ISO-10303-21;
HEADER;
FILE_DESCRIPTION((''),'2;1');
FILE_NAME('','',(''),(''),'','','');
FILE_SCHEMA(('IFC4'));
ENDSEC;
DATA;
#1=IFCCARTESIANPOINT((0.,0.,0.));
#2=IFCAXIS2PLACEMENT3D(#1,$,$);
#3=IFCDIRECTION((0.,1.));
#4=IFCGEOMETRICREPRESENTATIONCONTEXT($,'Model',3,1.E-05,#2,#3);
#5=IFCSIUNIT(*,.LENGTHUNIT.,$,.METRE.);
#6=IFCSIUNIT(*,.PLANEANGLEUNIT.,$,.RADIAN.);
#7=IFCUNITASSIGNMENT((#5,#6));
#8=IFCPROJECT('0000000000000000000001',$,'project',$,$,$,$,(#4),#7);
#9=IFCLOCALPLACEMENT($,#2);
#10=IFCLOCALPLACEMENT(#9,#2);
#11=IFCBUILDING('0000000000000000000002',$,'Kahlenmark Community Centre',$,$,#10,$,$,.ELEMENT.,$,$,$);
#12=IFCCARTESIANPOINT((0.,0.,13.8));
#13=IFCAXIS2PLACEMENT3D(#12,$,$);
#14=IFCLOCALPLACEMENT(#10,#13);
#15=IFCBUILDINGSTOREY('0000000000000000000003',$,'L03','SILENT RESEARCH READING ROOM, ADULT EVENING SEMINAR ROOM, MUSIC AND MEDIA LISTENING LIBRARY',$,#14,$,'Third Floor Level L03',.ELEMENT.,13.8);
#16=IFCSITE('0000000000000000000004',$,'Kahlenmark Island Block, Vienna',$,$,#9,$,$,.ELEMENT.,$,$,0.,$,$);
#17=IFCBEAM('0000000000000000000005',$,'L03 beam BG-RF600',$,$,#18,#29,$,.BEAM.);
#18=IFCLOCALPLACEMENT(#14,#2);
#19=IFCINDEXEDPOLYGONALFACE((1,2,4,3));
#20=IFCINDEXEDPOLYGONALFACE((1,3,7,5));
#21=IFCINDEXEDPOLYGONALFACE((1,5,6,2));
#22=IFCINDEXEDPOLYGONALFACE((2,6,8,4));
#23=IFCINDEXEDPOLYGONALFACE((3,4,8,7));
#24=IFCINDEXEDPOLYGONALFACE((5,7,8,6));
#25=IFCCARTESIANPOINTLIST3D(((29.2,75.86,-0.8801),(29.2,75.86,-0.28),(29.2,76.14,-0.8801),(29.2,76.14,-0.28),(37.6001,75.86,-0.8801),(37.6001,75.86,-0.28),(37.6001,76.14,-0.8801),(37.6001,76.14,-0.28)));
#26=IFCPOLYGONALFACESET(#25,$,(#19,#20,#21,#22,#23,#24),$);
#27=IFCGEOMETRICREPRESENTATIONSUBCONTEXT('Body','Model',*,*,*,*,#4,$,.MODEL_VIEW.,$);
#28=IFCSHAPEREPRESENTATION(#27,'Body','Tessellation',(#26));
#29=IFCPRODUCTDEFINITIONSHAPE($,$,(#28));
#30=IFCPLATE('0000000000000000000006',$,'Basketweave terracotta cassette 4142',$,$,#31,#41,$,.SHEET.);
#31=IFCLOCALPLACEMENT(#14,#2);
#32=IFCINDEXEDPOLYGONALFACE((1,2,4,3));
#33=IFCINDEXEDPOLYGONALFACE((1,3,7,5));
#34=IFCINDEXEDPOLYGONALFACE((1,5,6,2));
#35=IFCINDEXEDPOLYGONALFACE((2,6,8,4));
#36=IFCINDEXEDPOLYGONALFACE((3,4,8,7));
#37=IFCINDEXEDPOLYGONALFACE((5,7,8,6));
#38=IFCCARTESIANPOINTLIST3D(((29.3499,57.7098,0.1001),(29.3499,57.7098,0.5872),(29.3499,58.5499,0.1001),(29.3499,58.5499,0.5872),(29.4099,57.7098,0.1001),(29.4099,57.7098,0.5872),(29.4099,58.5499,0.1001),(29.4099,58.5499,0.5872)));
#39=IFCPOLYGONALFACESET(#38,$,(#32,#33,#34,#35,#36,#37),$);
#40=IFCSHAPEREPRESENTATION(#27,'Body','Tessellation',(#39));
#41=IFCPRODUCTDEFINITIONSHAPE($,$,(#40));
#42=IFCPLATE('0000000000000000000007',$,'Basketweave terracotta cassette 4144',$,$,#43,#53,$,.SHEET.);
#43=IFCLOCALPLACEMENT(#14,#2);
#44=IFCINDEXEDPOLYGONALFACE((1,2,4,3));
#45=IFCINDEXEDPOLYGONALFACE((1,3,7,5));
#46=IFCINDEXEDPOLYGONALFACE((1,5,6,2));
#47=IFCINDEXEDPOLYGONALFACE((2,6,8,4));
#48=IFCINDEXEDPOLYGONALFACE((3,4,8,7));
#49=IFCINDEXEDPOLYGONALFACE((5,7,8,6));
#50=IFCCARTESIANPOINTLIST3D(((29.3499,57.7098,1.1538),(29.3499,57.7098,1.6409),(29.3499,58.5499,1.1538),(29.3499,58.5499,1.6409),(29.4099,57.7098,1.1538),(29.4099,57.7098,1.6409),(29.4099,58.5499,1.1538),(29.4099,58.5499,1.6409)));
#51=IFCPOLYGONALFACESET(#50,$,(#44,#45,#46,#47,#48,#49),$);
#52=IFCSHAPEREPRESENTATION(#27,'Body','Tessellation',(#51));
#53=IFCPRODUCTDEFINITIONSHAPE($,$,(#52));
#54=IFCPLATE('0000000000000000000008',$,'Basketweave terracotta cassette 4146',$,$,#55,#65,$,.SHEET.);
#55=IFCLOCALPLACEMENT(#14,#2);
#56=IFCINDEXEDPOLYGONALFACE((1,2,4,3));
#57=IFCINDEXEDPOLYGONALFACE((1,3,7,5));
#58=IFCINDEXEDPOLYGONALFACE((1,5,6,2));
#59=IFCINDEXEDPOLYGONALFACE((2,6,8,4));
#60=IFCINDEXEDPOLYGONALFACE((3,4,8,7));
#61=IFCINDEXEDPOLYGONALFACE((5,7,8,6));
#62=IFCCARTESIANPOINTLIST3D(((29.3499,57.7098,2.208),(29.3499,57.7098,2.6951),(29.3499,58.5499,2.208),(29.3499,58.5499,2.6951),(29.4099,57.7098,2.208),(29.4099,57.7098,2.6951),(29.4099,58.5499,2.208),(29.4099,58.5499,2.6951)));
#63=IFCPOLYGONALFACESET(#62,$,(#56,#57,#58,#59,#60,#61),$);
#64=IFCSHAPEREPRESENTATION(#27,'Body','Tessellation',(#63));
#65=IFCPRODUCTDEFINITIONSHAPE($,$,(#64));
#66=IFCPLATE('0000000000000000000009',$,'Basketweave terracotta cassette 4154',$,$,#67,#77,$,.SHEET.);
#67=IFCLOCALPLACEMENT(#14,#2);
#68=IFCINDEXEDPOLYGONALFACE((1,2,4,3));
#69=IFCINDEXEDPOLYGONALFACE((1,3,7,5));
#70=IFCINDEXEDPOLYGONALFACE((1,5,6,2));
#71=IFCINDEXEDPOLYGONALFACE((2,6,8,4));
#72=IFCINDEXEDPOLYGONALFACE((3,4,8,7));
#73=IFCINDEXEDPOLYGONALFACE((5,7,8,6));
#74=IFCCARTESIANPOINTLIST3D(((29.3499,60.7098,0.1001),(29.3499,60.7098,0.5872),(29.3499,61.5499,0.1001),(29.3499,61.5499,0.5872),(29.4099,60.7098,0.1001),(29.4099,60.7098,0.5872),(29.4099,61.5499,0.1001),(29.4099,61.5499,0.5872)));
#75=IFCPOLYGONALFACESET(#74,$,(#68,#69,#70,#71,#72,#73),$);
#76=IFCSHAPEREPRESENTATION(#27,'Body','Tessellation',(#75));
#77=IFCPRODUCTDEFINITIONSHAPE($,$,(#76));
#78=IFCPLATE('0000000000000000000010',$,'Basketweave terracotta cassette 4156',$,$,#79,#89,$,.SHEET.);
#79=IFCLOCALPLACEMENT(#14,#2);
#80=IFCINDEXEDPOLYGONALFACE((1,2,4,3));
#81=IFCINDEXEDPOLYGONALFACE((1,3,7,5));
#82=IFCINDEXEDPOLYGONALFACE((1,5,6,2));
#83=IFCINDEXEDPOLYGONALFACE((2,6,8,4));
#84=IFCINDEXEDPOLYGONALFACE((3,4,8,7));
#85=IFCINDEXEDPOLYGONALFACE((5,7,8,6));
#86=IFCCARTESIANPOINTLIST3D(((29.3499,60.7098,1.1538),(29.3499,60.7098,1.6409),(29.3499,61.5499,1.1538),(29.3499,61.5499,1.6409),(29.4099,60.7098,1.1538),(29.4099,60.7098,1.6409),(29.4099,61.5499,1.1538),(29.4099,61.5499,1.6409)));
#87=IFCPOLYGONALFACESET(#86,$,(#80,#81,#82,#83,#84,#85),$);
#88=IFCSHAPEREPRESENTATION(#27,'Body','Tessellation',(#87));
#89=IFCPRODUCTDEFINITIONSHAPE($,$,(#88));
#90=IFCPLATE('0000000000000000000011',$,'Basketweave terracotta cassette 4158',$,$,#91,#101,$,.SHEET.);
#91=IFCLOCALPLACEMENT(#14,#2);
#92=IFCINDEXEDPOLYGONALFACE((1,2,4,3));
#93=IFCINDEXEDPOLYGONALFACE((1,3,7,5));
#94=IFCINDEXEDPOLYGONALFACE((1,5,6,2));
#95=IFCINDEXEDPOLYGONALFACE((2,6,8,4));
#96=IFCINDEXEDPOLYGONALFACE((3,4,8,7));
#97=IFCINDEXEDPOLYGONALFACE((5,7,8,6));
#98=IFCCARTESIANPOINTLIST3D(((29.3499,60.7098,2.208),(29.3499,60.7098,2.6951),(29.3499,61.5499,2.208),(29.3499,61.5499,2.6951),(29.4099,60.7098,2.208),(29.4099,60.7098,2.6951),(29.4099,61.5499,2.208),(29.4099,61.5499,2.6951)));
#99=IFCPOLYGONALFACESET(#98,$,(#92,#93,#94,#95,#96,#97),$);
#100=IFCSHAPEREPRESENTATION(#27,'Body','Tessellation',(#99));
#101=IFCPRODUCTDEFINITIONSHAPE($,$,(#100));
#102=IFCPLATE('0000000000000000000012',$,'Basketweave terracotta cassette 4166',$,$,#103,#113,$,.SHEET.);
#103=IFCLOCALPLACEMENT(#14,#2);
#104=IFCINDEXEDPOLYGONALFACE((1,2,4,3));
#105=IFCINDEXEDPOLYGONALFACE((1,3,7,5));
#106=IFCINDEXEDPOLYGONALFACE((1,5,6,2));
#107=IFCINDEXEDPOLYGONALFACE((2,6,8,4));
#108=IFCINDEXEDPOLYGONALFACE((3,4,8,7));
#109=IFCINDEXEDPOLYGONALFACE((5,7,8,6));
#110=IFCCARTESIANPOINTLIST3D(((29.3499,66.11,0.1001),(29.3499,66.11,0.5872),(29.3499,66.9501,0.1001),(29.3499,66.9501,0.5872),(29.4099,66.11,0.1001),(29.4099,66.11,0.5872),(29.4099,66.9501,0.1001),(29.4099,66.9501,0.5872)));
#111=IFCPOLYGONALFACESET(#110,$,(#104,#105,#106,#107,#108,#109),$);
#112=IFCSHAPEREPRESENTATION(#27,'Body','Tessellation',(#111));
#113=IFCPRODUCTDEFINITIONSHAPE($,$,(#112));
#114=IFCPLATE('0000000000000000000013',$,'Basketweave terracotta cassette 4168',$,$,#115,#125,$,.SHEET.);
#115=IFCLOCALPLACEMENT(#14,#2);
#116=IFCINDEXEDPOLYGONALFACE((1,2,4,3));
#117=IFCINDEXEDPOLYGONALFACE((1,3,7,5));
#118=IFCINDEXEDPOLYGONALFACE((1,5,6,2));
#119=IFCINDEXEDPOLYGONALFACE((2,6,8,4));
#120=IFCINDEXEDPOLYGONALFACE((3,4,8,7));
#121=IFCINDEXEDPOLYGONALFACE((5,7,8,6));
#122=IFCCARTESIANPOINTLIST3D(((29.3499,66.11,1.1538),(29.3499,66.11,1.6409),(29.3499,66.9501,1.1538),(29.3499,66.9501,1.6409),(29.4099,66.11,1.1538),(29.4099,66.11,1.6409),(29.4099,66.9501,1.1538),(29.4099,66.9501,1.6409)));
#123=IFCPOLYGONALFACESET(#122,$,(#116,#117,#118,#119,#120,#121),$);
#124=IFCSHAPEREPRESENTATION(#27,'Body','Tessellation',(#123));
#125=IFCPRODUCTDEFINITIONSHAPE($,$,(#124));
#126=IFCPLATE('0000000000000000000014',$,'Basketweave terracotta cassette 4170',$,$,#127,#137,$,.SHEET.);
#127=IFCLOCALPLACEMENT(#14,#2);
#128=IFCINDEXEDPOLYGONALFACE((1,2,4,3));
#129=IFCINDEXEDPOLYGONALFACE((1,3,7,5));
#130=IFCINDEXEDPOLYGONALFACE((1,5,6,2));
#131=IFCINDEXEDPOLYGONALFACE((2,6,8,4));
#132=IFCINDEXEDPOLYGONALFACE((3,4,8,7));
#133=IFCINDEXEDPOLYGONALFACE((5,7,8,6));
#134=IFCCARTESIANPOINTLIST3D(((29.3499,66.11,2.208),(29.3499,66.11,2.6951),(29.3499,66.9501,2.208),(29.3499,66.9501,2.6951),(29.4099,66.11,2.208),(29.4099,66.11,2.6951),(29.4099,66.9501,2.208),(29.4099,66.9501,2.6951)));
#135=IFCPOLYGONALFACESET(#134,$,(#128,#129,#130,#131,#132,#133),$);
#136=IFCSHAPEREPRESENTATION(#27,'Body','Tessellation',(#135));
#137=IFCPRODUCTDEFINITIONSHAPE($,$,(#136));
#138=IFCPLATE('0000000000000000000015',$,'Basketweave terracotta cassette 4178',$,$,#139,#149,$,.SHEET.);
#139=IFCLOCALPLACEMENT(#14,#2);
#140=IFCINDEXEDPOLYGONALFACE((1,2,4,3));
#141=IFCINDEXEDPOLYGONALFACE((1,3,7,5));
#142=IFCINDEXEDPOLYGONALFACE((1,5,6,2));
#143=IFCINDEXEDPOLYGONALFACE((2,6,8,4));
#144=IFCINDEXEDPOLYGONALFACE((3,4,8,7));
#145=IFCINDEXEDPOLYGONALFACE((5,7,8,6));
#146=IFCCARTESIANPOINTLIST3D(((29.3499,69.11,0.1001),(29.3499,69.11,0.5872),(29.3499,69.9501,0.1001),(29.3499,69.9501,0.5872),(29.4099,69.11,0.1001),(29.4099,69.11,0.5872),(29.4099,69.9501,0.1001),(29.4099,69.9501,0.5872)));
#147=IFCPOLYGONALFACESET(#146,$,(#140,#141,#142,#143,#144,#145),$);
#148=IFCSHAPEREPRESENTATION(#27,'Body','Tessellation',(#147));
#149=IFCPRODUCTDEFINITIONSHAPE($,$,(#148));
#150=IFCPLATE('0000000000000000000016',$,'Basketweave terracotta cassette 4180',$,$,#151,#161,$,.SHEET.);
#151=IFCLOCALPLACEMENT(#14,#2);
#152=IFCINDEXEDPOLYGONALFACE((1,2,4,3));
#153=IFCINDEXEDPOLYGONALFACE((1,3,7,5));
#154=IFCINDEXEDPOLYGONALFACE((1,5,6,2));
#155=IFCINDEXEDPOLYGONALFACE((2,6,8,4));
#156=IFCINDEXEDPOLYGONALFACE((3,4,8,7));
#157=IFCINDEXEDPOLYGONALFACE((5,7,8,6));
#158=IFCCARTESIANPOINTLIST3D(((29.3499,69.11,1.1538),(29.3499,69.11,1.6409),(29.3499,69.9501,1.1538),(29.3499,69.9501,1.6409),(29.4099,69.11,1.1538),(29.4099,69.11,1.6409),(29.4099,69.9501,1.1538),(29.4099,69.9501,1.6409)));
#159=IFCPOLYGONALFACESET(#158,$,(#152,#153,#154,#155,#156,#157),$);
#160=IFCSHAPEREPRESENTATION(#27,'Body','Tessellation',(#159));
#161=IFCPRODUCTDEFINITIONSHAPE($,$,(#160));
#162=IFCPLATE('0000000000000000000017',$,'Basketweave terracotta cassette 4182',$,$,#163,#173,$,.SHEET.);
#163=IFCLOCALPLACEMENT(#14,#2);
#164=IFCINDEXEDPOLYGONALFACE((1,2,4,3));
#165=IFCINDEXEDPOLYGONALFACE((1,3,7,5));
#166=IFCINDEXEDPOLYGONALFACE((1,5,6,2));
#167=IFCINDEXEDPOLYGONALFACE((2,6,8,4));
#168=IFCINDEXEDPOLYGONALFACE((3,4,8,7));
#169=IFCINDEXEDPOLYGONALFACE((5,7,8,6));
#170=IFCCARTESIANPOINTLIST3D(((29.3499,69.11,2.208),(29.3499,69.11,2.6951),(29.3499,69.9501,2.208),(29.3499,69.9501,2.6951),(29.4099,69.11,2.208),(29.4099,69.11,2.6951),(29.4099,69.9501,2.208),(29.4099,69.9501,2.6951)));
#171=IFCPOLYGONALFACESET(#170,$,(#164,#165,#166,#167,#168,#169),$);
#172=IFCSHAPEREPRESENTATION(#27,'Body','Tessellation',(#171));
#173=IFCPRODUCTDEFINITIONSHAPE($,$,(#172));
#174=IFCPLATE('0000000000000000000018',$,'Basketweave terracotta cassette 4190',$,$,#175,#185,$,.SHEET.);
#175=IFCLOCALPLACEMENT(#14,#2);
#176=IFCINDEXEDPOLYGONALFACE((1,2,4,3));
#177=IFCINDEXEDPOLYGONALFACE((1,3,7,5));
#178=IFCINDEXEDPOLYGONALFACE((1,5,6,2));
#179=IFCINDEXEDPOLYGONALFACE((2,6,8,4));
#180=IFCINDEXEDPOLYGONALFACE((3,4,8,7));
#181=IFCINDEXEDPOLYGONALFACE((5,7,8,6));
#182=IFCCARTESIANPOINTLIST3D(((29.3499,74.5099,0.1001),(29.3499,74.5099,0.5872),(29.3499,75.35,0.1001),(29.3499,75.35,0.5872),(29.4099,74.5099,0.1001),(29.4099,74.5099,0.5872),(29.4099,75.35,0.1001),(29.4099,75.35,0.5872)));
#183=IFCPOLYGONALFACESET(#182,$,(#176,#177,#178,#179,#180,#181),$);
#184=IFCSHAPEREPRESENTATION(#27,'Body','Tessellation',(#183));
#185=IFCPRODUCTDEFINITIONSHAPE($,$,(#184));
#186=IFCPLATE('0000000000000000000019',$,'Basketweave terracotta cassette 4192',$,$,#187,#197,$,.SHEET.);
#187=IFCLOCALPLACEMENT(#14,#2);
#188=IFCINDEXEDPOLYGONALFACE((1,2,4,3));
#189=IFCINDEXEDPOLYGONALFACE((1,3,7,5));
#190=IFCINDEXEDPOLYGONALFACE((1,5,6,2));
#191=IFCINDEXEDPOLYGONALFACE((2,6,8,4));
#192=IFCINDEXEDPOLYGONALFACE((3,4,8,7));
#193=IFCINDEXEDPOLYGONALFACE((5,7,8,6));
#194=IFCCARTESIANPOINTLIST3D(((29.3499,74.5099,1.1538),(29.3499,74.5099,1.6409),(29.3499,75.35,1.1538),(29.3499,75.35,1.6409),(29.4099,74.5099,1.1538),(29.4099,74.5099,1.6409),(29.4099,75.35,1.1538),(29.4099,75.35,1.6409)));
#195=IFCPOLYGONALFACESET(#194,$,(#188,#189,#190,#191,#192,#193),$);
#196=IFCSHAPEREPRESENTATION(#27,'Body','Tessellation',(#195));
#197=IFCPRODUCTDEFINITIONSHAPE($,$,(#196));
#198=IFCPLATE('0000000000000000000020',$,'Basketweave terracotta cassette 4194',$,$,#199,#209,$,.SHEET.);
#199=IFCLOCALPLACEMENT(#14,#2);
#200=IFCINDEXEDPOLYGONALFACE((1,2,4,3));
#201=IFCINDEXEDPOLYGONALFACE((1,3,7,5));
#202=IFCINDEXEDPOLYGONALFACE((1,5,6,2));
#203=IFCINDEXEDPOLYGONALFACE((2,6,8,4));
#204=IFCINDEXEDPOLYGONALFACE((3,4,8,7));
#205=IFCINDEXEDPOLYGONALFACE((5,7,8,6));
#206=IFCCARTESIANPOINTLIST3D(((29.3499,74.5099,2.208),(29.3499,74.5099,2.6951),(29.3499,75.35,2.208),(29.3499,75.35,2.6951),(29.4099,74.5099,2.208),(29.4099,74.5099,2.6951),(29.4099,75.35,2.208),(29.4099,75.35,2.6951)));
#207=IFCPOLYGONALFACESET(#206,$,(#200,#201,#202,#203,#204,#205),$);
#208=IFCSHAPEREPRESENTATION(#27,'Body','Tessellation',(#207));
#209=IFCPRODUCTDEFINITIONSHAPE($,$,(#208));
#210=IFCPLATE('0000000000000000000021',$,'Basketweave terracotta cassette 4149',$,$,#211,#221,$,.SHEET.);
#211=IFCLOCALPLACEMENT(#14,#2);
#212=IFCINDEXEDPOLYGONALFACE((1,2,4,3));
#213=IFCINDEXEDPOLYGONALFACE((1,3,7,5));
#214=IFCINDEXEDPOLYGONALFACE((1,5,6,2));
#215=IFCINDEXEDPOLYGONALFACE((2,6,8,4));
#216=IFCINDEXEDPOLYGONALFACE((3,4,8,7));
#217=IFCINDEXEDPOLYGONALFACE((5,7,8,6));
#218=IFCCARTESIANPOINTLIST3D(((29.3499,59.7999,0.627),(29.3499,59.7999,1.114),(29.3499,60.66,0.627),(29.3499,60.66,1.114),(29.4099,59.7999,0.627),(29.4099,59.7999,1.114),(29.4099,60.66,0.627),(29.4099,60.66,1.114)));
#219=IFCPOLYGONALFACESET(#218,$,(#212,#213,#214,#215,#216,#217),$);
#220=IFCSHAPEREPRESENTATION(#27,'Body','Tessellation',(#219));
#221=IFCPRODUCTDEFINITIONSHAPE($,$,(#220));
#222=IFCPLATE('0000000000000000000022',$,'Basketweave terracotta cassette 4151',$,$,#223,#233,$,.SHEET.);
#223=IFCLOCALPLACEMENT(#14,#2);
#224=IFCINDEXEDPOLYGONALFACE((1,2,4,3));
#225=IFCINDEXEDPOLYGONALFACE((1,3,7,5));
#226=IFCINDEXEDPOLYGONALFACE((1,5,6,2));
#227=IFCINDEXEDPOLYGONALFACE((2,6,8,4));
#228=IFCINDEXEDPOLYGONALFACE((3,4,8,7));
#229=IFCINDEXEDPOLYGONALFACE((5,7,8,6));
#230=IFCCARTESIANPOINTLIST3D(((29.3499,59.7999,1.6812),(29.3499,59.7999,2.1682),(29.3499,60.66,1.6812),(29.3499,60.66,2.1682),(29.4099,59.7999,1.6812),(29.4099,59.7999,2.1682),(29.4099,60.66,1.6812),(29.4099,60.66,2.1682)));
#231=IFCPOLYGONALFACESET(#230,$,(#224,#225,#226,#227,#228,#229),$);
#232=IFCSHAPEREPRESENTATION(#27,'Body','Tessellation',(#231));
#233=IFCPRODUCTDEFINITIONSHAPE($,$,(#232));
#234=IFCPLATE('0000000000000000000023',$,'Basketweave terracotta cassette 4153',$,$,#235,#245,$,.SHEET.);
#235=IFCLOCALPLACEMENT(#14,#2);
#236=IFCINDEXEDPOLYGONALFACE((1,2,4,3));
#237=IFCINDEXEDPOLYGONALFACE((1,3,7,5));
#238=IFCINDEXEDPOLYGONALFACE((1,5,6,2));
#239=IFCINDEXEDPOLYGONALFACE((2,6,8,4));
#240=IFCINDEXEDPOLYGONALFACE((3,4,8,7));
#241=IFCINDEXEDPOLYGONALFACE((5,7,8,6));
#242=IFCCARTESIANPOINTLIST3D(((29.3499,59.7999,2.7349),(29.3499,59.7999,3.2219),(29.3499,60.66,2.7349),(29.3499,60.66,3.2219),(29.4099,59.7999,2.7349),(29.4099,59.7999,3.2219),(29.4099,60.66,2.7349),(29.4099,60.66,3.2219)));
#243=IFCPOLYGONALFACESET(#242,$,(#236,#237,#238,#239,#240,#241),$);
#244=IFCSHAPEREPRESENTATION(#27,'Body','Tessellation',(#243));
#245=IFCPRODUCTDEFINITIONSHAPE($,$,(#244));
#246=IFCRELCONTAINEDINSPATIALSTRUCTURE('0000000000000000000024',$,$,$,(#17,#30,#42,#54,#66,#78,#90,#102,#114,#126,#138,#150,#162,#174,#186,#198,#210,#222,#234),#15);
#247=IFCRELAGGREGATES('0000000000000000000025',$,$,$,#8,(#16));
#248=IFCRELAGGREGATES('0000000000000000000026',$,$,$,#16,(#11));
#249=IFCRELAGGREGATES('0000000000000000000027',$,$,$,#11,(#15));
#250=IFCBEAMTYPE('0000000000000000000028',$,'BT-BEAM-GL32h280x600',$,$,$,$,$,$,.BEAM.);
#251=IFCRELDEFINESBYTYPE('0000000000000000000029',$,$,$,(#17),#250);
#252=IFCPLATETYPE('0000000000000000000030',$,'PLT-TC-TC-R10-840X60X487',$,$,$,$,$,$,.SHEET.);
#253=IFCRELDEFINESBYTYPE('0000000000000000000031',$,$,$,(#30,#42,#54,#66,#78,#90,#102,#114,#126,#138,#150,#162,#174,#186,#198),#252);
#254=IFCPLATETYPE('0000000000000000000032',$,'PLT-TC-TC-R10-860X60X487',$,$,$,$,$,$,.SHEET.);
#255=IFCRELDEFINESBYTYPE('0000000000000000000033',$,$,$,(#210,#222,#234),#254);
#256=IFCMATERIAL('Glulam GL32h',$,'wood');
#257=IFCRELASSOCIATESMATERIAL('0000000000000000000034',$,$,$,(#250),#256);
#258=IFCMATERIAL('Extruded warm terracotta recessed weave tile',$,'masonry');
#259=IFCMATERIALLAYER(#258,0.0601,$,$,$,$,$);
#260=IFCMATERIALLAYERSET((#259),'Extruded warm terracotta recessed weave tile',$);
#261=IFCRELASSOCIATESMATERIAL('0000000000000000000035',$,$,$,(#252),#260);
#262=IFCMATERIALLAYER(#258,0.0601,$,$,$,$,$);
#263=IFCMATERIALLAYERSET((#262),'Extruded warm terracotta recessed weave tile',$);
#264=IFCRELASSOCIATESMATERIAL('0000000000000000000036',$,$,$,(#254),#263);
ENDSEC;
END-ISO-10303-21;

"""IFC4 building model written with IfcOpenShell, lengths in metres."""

from ifc_helpers import new_model, si_unit, direction, frame, origin, origin_2d, place, context, subcontext, project, spatial, rectangle, extrude, material, layer, layer_set, material_profile, profile_set, type_object, element, save


model = new_model("IFC4")

# Units and contexts
model_context = context("Model", 3, precision=1e-05, world=origin(), true_north=direction((0.0, 1.0)))
body_context = subcontext(model_context, "Body", "Model", "MODEL_VIEW")
ifc_project = project(units=[si_unit("LENGTHUNIT", "METRE"), si_unit("PLANEANGLEUNIT", "RADIAN")], contexts=[model_context])

# Site, building, storey
site_placement = place(None, origin())
site = spatial("IfcSite", under=ifc_project, at=site_placement, Name="Kahlenmark Island Block, Vienna", CompositionType="ELEMENT", RefElevation=0.0)
building_placement = place(site_placement, origin())
building = spatial("IfcBuilding", under=site, at=building_placement, Name="Kahlenmark Community Centre", CompositionType="ELEMENT")
storey_placement = place(building_placement, frame((0.0, 0.0, 13.8)))
storey = spatial("IfcBuildingStorey", under=building, at=storey_placement, Name="L03", Description="SILENT RESEARCH READING ROOM, ADULT EVENING SEMINAR ROOM, MUSIC AND MEDIA LISTENING LIBRARY", LongName="Third Floor Level L03", CompositionType="ELEMENT", Elevation=13.8)

# Beam
ifc_material_1 = material(Name="Glulam GL32h", Category="wood")
ifc_material_profile = material_profile(ifc_material_1, rectangle(XDim=0.28, YDim=0.6001, at=origin_2d()), Name="GL32h 280x600")
ifc_profile_set = profile_set([ifc_material_profile], Name="Glulam GL32h")
beam_type = type_object("IfcBeamType", Name="BT-BEAM-GL32h280x600", PredefinedType="BEAM", material=ifc_profile_set)
beam_placement = place(storey_placement, frame((29.2, 76.0, -0.5801), z_axis=(1.0, 0.0, 0.0), x_axis=(0.0, 1.0, 0.0)))
element("IfcBeam", 1, at=beam_placement, inside=storey, type_object=beam_type, Name="L03 beam BG-RF600", PredefinedType="BEAM", context=body_context, shape_type="SweptSolid", body=[
    extrude(rectangle(XDim=0.28, YDim=0.6001, at=origin_2d()), origin(), (0.0, 0.0, 1.0), 8.4001),
])

# Plates
ifc_material_2 = material(Name="Extruded warm terracotta recessed weave tile", Category="masonry")
ifc_layer_1 = layer(ifc_material_2, 0.0601)
ifc_layer_set_1 = layer_set([ifc_layer_1], Name="Extruded warm terracotta recessed weave tile")
plate_type_1 = type_object("IfcPlateType", Name="PLT-TC-TC-R10-840X60X487", PredefinedType="SHEET", material=ifc_layer_set_1)
for number, where, z_axis, x_axis, name in (
    (2, (29.3799, 58.1299, 0.1001), (0.0, 0.0, 1.0), (0.0, 1.0, 0.0), "Basketweave terracotta cassette 4142"),
    (3, (29.3799, 58.1299, 1.1538), (0.0, 0.0, 1.0), (0.0, 1.0, 0.0), "Basketweave terracotta cassette 4144"),
    (4, (29.3799, 58.1299, 2.208), (0.0, 0.0, 1.0), (0.0, 1.0, 0.0), "Basketweave terracotta cassette 4146"),
    (5, (29.3799, 61.1299, 0.1001), (0.0, 0.0, 1.0), (0.0, 1.0, 0.0), "Basketweave terracotta cassette 4154"),
    (6, (29.3799, 61.1299, 1.1538), (0.0, 0.0, 1.0), (0.0, 1.0, 0.0), "Basketweave terracotta cassette 4156"),
    (7, (29.3799, 61.1299, 2.208), (0.0, 0.0, 1.0), (0.0, 1.0, 0.0), "Basketweave terracotta cassette 4158"),
    (8, (29.3799, 66.53, 0.1001), (0.0, 0.0, 1.0), (0.0, 1.0, 0.0), "Basketweave terracotta cassette 4166"),
    (9, (29.3799, 66.53, 1.1538), (0.0, 0.0, 1.0), (0.0, 1.0, 0.0), "Basketweave terracotta cassette 4168"),
    (10, (29.3799, 66.53, 2.208), (0.0, 0.0, 1.0), (0.0, 1.0, 0.0), "Basketweave terracotta cassette 4170"),
    (11, (29.3799, 69.53, 0.1001), (0.0, 0.0, 1.0), (0.0, 1.0, 0.0), "Basketweave terracotta cassette 4178"),
    (12, (29.3799, 69.53, 1.1538), (0.0, 0.0, 1.0), (0.0, 1.0, 0.0), "Basketweave terracotta cassette 4180"),
    (13, (29.3799, 69.53, 2.208), (0.0, 0.0, 1.0), (0.0, 1.0, 0.0), "Basketweave terracotta cassette 4182"),
    (14, (29.3799, 74.9299, 0.1001), (0.0, 0.0, 1.0), (0.0, 1.0, 0.0), "Basketweave terracotta cassette 4190"),
    (15, (29.3799, 74.9299, 1.1538), (0.0, 0.0, 1.0), (0.0, 1.0, 0.0), "Basketweave terracotta cassette 4192"),
    (16, (29.3799, 74.9299, 2.208), (0.0, 0.0, 1.0), (0.0, 1.0, 0.0), "Basketweave terracotta cassette 4194"),
):
    element("IfcPlate", number, at=place(storey_placement, frame(where, z_axis=z_axis, x_axis=x_axis)), inside=storey, type_object=plate_type_1, Name=name, PredefinedType="SHEET", context=body_context, shape_type="SweptSolid", body=[
        extrude(rectangle(XDim=0.8401, YDim=0.0601, at=origin_2d()), origin(), (0.0, 0.0, 1.0), 0.4871),
    ])
ifc_layer_2 = layer(ifc_material_2, 0.0601)
ifc_layer_set_2 = layer_set([ifc_layer_2], Name="Extruded warm terracotta recessed weave tile")
plate_type_2 = type_object("IfcPlateType", Name="PLT-TC-TC-R10-860X60X487", PredefinedType="SHEET", material=ifc_layer_set_2)
for number, where, z_axis, x_axis, name in (
    (17, (29.3799, 60.23, 0.627), (0.0, 0.0, 1.0), (0.0, 1.0, 0.0), "Basketweave terracotta cassette 4149"),
    (18, (29.3799, 60.23, 1.6812), (0.0, 0.0, 1.0), (0.0, 1.0, 0.0), "Basketweave terracotta cassette 4151"),
    (19, (29.3799, 60.23, 2.7349), (0.0, 0.0, 1.0), (0.0, 1.0, 0.0), "Basketweave terracotta cassette 4153"),
):
    element("IfcPlate", number, at=place(storey_placement, frame(where, z_axis=z_axis, x_axis=x_axis)), inside=storey, type_object=plate_type_2, Name=name, PredefinedType="SHEET", context=body_context, shape_type="SweptSolid", body=[
        extrude(rectangle(XDim=0.8601, YDim=0.0601, at=origin_2d()), origin(), (0.0, 0.0, 1.0), 0.4871),
    ])

save(model, "model.ifc")
